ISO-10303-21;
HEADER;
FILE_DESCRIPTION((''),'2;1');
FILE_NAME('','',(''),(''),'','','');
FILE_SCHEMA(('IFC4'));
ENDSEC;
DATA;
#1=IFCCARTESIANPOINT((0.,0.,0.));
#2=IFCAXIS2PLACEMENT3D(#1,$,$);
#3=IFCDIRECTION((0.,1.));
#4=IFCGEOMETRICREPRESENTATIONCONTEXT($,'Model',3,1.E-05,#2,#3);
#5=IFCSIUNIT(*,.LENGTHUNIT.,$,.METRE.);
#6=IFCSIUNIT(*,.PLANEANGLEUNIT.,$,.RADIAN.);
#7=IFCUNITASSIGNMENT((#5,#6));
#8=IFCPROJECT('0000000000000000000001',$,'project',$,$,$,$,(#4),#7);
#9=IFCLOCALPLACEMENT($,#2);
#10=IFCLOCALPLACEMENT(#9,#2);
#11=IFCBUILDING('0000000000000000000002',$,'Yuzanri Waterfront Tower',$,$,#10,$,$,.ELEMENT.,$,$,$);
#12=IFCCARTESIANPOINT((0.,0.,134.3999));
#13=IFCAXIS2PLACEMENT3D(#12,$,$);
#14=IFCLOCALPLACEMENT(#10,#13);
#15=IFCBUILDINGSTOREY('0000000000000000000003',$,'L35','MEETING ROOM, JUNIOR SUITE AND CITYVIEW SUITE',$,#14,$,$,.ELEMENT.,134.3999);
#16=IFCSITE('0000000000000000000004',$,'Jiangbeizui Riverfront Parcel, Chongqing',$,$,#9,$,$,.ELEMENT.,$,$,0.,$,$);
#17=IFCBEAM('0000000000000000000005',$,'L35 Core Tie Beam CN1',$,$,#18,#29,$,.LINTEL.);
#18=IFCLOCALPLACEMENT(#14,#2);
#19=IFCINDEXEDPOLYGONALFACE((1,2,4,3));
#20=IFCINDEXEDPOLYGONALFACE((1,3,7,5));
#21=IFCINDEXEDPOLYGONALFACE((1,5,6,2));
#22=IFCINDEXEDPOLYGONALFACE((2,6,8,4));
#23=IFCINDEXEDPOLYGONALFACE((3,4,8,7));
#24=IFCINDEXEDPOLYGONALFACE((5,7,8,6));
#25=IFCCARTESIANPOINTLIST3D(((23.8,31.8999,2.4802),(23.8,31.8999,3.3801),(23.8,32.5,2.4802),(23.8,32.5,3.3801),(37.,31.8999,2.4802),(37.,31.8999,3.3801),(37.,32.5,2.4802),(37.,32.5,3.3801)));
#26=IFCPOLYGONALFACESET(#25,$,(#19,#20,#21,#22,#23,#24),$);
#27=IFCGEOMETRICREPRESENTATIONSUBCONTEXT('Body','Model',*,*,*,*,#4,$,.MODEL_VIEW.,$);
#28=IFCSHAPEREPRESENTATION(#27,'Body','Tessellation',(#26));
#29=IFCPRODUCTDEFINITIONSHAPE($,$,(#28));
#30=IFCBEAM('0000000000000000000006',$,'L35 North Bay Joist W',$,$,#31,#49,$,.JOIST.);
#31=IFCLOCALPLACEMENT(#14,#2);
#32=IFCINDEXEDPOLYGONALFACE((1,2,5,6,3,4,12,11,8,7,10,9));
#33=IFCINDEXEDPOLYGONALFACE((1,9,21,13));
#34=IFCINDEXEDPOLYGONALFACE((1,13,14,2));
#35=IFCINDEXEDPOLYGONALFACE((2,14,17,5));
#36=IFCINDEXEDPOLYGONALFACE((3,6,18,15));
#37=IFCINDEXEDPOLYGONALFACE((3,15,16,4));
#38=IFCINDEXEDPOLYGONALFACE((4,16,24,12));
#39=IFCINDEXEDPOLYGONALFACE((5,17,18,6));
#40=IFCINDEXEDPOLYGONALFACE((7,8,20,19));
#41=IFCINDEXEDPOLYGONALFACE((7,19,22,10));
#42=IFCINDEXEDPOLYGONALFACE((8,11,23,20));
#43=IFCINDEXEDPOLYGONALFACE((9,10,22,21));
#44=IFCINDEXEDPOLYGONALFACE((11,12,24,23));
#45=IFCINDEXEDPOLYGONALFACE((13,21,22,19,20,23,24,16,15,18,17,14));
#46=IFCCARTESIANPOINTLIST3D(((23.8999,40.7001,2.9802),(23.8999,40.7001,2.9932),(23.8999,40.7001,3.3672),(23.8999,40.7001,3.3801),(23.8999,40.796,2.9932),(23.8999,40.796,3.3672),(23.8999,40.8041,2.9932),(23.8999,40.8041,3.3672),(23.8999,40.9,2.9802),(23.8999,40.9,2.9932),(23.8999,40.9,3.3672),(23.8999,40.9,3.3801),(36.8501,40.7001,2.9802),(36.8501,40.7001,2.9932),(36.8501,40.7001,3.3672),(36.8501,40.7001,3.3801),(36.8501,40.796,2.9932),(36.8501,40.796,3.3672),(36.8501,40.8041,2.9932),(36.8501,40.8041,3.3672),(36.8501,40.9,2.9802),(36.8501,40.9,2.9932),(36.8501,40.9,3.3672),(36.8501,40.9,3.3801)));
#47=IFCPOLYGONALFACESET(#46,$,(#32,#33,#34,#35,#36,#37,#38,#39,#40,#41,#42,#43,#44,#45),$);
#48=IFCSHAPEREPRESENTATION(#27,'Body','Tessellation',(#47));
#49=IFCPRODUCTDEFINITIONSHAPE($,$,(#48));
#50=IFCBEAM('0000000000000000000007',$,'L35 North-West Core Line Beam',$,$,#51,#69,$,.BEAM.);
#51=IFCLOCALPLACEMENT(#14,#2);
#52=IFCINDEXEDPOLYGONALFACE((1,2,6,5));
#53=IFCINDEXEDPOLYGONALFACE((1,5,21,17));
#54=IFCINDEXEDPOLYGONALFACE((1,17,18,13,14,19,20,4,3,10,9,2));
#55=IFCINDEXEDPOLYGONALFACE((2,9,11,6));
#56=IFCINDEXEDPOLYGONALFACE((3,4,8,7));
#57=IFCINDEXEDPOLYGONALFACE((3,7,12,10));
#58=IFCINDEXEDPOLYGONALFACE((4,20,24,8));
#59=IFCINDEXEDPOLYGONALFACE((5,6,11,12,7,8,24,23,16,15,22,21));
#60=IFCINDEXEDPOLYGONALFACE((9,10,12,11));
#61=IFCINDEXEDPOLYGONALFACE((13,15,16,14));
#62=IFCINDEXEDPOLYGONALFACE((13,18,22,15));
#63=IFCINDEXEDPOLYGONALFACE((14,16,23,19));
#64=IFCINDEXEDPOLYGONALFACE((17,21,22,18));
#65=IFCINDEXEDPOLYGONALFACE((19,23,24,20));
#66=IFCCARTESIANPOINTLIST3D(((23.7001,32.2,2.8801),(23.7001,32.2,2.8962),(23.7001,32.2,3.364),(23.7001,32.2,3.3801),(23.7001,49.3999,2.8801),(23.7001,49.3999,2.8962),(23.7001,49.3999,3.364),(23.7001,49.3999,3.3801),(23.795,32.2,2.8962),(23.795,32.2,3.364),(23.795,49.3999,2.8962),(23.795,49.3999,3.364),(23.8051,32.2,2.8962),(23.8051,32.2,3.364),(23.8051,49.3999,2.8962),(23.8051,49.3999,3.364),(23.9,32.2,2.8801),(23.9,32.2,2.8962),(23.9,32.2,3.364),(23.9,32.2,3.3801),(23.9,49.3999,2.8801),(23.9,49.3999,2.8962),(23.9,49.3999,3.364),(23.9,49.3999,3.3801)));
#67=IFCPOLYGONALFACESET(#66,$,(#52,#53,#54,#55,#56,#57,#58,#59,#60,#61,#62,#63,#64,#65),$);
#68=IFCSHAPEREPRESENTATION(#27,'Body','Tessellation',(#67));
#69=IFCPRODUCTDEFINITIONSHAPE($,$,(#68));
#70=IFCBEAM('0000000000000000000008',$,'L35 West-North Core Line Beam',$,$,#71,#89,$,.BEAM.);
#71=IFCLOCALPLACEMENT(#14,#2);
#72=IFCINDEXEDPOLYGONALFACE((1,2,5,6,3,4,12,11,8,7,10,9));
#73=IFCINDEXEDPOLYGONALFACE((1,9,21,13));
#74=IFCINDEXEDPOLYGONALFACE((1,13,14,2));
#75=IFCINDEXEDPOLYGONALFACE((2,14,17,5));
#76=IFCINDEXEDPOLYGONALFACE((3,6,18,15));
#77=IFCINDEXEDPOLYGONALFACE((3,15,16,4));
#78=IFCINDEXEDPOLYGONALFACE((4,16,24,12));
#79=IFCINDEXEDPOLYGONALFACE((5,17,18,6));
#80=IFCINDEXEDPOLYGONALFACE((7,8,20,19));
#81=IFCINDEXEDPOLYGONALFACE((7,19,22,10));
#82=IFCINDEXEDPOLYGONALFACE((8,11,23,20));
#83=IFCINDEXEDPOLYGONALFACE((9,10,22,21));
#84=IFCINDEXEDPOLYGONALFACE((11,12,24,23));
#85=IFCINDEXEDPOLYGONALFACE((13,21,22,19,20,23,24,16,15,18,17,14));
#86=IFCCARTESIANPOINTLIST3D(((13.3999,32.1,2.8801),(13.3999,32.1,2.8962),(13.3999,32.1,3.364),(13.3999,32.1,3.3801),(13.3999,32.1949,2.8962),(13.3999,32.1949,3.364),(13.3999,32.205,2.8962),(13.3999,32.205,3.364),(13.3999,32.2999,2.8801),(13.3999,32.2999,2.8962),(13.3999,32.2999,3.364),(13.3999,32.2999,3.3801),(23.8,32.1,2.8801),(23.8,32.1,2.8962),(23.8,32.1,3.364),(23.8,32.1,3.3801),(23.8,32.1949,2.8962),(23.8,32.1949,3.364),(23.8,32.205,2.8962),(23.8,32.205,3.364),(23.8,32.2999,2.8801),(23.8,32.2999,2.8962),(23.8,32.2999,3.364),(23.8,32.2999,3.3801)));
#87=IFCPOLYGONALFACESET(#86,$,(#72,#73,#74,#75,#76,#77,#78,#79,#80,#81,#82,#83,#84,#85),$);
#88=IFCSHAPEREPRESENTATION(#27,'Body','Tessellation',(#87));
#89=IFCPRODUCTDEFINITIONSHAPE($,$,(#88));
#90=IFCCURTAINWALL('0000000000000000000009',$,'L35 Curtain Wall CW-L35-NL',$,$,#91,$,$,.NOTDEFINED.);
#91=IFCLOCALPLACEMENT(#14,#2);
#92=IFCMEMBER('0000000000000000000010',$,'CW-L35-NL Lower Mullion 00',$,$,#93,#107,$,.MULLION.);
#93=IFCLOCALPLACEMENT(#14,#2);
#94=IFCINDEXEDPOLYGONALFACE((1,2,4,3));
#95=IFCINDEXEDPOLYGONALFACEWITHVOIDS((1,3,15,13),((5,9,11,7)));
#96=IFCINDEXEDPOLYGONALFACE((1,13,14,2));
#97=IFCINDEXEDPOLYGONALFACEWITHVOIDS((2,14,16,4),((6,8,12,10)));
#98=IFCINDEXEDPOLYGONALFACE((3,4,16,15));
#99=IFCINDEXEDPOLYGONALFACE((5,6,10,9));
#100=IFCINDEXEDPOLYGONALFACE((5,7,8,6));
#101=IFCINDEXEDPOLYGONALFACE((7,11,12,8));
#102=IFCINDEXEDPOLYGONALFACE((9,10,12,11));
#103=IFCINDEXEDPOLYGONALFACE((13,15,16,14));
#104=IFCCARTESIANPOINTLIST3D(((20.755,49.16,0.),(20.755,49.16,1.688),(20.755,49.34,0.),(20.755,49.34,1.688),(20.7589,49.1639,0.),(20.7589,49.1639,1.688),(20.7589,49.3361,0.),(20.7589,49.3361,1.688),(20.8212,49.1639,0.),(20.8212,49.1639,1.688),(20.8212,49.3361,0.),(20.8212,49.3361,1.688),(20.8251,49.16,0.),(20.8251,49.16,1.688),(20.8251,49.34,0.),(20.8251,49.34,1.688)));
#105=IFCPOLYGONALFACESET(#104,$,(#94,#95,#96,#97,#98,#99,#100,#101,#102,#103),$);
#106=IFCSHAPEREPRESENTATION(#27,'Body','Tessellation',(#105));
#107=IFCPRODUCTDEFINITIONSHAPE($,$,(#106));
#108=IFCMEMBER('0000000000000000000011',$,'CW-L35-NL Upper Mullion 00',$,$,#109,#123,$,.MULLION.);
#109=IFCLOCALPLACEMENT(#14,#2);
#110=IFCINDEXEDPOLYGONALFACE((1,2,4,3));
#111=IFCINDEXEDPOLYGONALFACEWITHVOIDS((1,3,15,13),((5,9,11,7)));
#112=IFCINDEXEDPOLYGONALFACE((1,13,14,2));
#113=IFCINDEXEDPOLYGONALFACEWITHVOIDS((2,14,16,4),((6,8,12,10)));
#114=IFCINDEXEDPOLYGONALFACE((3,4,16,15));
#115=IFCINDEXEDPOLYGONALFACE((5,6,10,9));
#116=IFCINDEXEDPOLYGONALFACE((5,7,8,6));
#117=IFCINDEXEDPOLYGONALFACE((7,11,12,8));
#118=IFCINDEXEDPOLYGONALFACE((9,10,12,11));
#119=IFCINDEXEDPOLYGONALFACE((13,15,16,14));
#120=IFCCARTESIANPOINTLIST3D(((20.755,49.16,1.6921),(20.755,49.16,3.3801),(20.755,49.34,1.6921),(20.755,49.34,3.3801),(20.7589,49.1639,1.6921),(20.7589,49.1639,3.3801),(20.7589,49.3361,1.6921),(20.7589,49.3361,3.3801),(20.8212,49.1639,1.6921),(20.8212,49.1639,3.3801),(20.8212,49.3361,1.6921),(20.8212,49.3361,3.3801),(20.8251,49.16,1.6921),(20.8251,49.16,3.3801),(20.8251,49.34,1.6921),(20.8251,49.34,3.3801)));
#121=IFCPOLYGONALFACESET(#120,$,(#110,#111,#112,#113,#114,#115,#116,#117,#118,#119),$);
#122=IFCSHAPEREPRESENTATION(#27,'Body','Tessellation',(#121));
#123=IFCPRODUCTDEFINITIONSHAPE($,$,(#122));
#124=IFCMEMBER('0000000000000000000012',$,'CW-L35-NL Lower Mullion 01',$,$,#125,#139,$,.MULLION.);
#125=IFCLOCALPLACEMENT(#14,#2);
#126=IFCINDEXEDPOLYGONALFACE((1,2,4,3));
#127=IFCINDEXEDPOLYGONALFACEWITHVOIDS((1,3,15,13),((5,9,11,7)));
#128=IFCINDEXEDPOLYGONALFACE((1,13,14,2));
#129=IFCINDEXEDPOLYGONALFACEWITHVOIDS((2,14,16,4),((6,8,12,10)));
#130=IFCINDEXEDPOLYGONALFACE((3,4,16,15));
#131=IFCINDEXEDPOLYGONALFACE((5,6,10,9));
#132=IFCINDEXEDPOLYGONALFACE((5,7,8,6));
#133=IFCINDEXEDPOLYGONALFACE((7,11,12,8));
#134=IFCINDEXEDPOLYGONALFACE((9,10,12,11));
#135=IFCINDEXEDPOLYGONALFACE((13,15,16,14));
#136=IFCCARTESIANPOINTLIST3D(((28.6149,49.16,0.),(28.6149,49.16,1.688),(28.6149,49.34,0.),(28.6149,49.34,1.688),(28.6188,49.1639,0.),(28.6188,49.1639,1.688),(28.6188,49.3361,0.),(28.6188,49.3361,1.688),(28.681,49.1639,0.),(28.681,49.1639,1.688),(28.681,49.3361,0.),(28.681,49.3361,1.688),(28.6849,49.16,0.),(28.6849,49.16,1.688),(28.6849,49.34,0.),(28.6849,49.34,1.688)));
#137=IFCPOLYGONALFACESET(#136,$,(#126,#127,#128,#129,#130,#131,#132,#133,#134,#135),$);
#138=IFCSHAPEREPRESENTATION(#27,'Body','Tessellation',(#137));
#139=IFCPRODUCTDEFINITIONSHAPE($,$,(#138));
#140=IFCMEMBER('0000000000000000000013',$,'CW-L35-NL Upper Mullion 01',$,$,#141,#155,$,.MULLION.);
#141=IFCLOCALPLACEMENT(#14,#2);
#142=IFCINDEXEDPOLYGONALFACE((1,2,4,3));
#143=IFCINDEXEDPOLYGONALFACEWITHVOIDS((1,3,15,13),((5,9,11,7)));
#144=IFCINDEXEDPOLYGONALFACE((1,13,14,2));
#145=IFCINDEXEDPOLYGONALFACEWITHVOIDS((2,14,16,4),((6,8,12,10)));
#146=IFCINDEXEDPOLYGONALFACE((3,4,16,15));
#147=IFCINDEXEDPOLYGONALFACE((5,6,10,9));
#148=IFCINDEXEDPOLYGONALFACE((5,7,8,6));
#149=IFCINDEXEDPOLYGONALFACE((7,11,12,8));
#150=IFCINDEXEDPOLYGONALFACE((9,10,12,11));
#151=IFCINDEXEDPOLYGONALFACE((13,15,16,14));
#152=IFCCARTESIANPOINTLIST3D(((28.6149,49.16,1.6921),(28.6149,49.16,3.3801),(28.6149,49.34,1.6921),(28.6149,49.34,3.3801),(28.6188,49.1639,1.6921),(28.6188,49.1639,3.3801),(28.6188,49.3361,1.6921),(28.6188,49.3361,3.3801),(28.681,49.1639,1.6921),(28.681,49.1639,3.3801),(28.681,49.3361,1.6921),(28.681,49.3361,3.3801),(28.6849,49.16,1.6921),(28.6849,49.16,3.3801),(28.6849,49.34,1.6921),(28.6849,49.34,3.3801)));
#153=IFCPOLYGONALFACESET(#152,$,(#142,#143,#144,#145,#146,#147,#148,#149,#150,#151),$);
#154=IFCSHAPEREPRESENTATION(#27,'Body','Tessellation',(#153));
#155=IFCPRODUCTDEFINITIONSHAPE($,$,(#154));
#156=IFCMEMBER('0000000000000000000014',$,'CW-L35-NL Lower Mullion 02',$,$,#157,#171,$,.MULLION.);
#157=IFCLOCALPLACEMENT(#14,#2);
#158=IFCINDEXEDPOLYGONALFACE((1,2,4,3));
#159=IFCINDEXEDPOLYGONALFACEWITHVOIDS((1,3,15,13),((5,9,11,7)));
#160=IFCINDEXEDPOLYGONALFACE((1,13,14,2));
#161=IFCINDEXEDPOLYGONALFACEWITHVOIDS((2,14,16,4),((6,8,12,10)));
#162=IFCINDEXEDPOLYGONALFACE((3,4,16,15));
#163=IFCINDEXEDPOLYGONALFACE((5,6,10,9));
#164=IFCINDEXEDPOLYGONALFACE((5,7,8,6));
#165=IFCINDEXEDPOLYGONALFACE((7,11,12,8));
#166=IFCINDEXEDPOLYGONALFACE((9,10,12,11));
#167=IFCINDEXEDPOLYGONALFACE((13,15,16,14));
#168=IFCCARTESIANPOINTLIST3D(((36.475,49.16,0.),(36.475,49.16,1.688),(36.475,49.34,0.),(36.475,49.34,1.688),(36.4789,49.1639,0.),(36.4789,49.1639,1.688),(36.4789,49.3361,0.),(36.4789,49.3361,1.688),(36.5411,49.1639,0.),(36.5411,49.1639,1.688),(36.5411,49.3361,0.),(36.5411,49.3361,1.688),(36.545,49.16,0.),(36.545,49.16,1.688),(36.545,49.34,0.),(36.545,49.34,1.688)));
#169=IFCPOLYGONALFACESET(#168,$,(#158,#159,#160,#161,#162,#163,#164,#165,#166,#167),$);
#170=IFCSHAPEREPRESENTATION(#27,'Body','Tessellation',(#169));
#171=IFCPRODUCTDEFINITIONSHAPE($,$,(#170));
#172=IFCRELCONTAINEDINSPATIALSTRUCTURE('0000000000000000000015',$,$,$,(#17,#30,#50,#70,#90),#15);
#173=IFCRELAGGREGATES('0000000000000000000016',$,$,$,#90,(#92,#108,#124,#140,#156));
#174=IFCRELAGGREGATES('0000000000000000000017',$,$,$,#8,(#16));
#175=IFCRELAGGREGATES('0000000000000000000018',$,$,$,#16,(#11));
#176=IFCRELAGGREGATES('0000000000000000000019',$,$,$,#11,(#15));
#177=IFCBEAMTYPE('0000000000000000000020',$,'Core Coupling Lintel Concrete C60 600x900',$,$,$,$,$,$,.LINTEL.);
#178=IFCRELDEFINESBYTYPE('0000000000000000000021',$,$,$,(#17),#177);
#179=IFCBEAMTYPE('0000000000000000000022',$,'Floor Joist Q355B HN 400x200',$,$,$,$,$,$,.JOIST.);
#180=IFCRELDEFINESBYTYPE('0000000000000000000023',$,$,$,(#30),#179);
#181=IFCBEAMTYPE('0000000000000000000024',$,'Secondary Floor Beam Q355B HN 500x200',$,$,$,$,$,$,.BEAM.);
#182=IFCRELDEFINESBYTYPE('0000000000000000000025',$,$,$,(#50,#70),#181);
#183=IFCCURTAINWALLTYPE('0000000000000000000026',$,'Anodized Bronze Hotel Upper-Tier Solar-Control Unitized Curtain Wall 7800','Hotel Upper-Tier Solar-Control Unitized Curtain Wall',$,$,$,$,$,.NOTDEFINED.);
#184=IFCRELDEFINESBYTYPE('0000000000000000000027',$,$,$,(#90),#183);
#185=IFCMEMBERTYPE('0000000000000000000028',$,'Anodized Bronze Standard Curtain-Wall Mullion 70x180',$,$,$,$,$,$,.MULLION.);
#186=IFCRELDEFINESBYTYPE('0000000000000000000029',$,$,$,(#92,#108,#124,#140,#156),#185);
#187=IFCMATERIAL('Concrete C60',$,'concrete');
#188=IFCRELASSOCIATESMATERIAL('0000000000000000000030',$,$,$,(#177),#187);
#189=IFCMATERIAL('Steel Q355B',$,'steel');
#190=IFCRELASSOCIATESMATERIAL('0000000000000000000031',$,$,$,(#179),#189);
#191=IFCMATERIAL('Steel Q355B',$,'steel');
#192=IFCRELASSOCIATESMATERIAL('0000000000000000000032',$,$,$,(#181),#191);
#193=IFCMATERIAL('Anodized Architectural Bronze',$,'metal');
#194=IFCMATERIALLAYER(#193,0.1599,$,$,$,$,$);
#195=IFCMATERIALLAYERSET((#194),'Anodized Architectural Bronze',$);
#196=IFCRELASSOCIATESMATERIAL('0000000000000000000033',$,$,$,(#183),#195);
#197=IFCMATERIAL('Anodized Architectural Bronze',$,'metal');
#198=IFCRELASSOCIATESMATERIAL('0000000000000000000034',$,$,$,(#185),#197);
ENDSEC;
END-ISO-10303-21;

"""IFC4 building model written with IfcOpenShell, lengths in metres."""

from ifc_helpers import new_model, si_unit, direction, frame, origin, origin_2d, place, context, subcontext, project, spatial, rectangle, hollow_rectangle, i_section, extrude, source, transform, mapped, material, layer, layer_set, material_profile, profile_set, type_object, element, aggregate, save


model = new_model("IFC4")

# Units and contexts
model_context = context("Model", 3, precision=1e-05, world=origin(), true_north=direction((0.0, 1.0)))
body_context = subcontext(model_context, "Body", "Model", "MODEL_VIEW")
ifc_project = project(units=[si_unit("LENGTHUNIT", "METRE"), si_unit("PLANEANGLEUNIT", "RADIAN")], contexts=[model_context])

# Site, building, storey
site_placement = place(None, origin())
site = spatial("IfcSite", under=ifc_project, at=site_placement, Name="Jiangbeizui Riverfront Parcel, Chongqing", CompositionType="ELEMENT", RefElevation=0.0)
building_placement = place(site_placement, origin())
building = spatial("IfcBuilding", under=site, at=building_placement, Name="Yuzanri Waterfront Tower", CompositionType="ELEMENT")
storey_placement = place(building_placement, frame((0.0, 0.0, 134.3999)))
storey = spatial("IfcBuildingStorey", under=building, at=storey_placement, Name="L35", Description="MEETING ROOM, JUNIOR SUITE AND CITYVIEW SUITE", CompositionType="ELEMENT", Elevation=134.3999)

# Beams
ifc_material_1 = material(Name="Concrete C60", Category="concrete")
ifc_material_profile_1 = material_profile(ifc_material_1, rectangle(XDim=0.6001, YDim=0.8999, at=origin_2d()), Name="RC 600x900")
ifc_profile_set_1 = profile_set([ifc_material_profile_1], Name="Concrete C60")
beam_type_1 = type_object("IfcBeamType", Name="Core Coupling Lintel Concrete C60 600x900", PredefinedType="LINTEL", material=ifc_profile_set_1)
shared_shape_1 = source(origin(), body_context, "Body", "SweptSolid", [
    extrude(rectangle(XDim=0.6001, YDim=0.8999, at=origin_2d()), origin(), (0.0, 0.0, 1.0), 13.2),
])
beam_1_placement = place(storey_placement, frame((23.8, 32.2, 2.9302), z_axis=(1.0, 0.0, 0.0), x_axis=(0.0, 1.0, 0.0)))
element("IfcBeam", 1, at=beam_1_placement, inside=storey, type_object=beam_type_1, Name="L35 Core Tie Beam CN1", PredefinedType="LINTEL", context=body_context, shape_type="MappedRepresentation", body=[
    mapped(shared_shape_1, transform((0.0, 0.0, 0.0), scale=1.0)),
])
ifc_material_2 = material(Name="Steel Q355B", Category="steel")
ifc_material_profile_2 = material_profile(ifc_material_2, i_section(OverallWidth=0.2, OverallDepth=0.3999, WebThickness=0.0081, FlangeThickness=0.0129, at=origin_2d()), Name="HN 400x200x8x13")
ifc_profile_set_2 = profile_set([ifc_material_profile_2], Name="Steel Q355B")
beam_type_2 = type_object("IfcBeamType", Name="Floor Joist Q355B HN 400x200", PredefinedType="JOIST", material=ifc_profile_set_2)
shared_shape_2 = source(origin(), body_context, "Body", "SweptSolid", [
    extrude(i_section(OverallWidth=0.2, OverallDepth=0.3999, WebThickness=0.0081, FlangeThickness=0.0129, at=origin_2d()), origin(), (0.0, 0.0, 1.0), 12.9502),
])
beam_2_placement = place(storey_placement, frame((23.8999, 40.8, 3.1802), z_axis=(1.0, 0.0, 0.0), x_axis=(0.0, 1.0, 0.0)))
element("IfcBeam", 2, at=beam_2_placement, inside=storey, type_object=beam_type_2, Name="L35 North Bay Joist W", PredefinedType="JOIST", context=body_context, shape_type="MappedRepresentation", body=[
    mapped(shared_shape_2, transform((0.0, 0.0, 0.0), scale=1.0)),
])
ifc_material_3 = material(Name="Steel Q355B", Category="steel")
ifc_material_profile_3 = material_profile(ifc_material_3, i_section(OverallWidth=0.2, OverallDepth=0.5, WebThickness=0.01, FlangeThickness=0.0161, at=origin_2d()), Name="HN 500x200x10x16")
ifc_profile_set_3 = profile_set([ifc_material_profile_3], Name="Steel Q355B")
beam_type_3 = type_object("IfcBeamType", Name="Secondary Floor Beam Q355B HN 500x200", PredefinedType="BEAM", material=ifc_profile_set_3)
shared_shape_3 = source(origin(), body_context, "Body", "SweptSolid", [
    extrude(i_section(OverallWidth=0.2, OverallDepth=0.5, WebThickness=0.01, FlangeThickness=0.0161, at=origin_2d()), origin(), (0.0, 0.0, 1.0), 17.2),
])
beam_3_placement = place(storey_placement, frame((23.8, 32.2, 3.1301), z_axis=(0.0, 1.0, 0.0), x_axis=(-1.0, 0.0, 0.0)))
element("IfcBeam", 3, at=beam_3_placement, inside=storey, type_object=beam_type_3, Name="L35 North-West Core Line Beam", PredefinedType="BEAM", context=body_context, shape_type="MappedRepresentation", body=[
    mapped(shared_shape_3, transform((0.0, 0.0, 0.0), scale=1.0)),
])
shared_shape_4 = source(origin(), body_context, "Body", "SweptSolid", [
    extrude(i_section(OverallWidth=0.2, OverallDepth=0.5, WebThickness=0.01, FlangeThickness=0.0161, at=origin_2d()), origin(), (0.0, 0.0, 1.0), 10.4001),
])
beam_4_placement = place(storey_placement, frame((23.8, 32.2, 3.1301), z_axis=(-1.0, 0.0, 0.0), x_axis=(0.0, -1.0, 0.0)))
element("IfcBeam", 4, at=beam_4_placement, inside=storey, type_object=beam_type_3, Name="L35 West-North Core Line Beam", PredefinedType="BEAM", context=body_context, shape_type="MappedRepresentation", body=[
    mapped(shared_shape_4, transform((0.0, 0.0, 0.0), scale=1.0)),
])

# Curtain wall, members
ifc_material_4 = material(Name="Anodized Architectural Bronze", Category="metal")
ifc_layer_1 = layer(ifc_material_4, 0.1599)
ifc_layer_set_1 = layer_set([ifc_layer_1], Name="Anodized Architectural Bronze")
curtain_wall_type = type_object("IfcCurtainWallType", Name="Anodized Bronze Hotel Upper-Tier Solar-Control Unitized Curtain Wall 7800", Description="Hotel Upper-Tier Solar-Control Unitized Curtain Wall", PredefinedType="NOTDEFINED", material=ifc_layer_set_1)
curtain_wall_placement = place(storey_placement, origin())
curtain_wall = element("IfcCurtainWall", 5, at=curtain_wall_placement, inside=storey, type_object=curtain_wall_type, Name="L35 Curtain Wall CW-L35-NL", PredefinedType="NOTDEFINED")
ifc_material_5 = material(Name="Anodized Architectural Bronze", Category="metal")
ifc_material_profile_4 = material_profile(ifc_material_5, hollow_rectangle(XDim=0.0701, YDim=0.1799, WallThickness=0.0039, at=origin_2d()), Name="CWM 70x180")
ifc_profile_set_4 = profile_set([ifc_material_profile_4], Name="Anodized Architectural Bronze")
member_type_1 = type_object("IfcMemberType", Name="Anodized Bronze Standard Curtain-Wall Mullion 70x180", PredefinedType="MULLION", material=ifc_profile_set_4)
shared_shape_5 = source(origin(), body_context, "Body", "SweptSolid", [
    extrude(hollow_rectangle(XDim=0.0701, YDim=0.1799, WallThickness=0.0039, at=origin_2d()), origin(), (0.0, 0.0, 1.0), 1.688),
])
member_1_placement = place(storey_placement, frame((20.79, 49.25, 0.0), z_axis=(0.0, 0.0, 1.0), x_axis=(1.0, 0.0, 0.0)))
member_1 = element("IfcMember", 6, at=member_1_placement, type_object=member_type_1, Name="CW-L35-NL Lower Mullion 00", PredefinedType="MULLION", context=body_context, shape_type="MappedRepresentation", body=[
    mapped(shared_shape_5, transform((0.0, 0.0, 0.0), scale=1.0)),
])
member_2_placement = place(storey_placement, frame((20.79, 49.25, 1.6921), z_axis=(0.0, 0.0, 1.0), x_axis=(1.0, 0.0, 0.0)))
member_2 = element("IfcMember", 7, at=member_2_placement, type_object=member_type_1, Name="CW-L35-NL Upper Mullion 00", PredefinedType="MULLION", context=body_context, shape_type="MappedRepresentation", body=[
    mapped(shared_shape_5, transform((0.0, 0.0, 0.0), scale=1.0)),
])
member_3_placement = place(storey_placement, frame((28.6499, 49.25, 0.0), z_axis=(0.0, 0.0, 1.0), x_axis=(1.0, 0.0, 0.0)))
member_3 = element("IfcMember", 8, at=member_3_placement, type_object=member_type_1, Name="CW-L35-NL Lower Mullion 01", PredefinedType="MULLION", context=body_context, shape_type="MappedRepresentation", body=[
    mapped(shared_shape_5, transform((0.0, 0.0, 0.0), scale=1.0)),
])
member_4_placement = place(storey_placement, frame((28.6499, 49.25, 1.6921), z_axis=(0.0, 0.0, 1.0), x_axis=(1.0, 0.0, 0.0)))
member_4 = element("IfcMember", 9, at=member_4_placement, type_object=member_type_1, Name="CW-L35-NL Upper Mullion 01", PredefinedType="MULLION", context=body_context, shape_type="MappedRepresentation", body=[
    mapped(shared_shape_5, transform((0.0, 0.0, 0.0), scale=1.0)),
])
member_5_placement = place(storey_placement, frame((36.51, 49.25, 0.0), z_axis=(0.0, 0.0, 1.0), x_axis=(1.0, 0.0, 0.0)))
member_5 = element("IfcMember", 10, at=member_5_placement, type_object=member_type_1, Name="CW-L35-NL Lower Mullion 02", PredefinedType="MULLION", context=body_context, shape_type="MappedRepresentation", body=[
    mapped(shared_shape_5, transform((0.0, 0.0, 0.0), scale=1.0)),
])

aggregate(curtain_wall, [member_1, member_2, member_3, member_4, member_5])

save(model, "model.ifc")
